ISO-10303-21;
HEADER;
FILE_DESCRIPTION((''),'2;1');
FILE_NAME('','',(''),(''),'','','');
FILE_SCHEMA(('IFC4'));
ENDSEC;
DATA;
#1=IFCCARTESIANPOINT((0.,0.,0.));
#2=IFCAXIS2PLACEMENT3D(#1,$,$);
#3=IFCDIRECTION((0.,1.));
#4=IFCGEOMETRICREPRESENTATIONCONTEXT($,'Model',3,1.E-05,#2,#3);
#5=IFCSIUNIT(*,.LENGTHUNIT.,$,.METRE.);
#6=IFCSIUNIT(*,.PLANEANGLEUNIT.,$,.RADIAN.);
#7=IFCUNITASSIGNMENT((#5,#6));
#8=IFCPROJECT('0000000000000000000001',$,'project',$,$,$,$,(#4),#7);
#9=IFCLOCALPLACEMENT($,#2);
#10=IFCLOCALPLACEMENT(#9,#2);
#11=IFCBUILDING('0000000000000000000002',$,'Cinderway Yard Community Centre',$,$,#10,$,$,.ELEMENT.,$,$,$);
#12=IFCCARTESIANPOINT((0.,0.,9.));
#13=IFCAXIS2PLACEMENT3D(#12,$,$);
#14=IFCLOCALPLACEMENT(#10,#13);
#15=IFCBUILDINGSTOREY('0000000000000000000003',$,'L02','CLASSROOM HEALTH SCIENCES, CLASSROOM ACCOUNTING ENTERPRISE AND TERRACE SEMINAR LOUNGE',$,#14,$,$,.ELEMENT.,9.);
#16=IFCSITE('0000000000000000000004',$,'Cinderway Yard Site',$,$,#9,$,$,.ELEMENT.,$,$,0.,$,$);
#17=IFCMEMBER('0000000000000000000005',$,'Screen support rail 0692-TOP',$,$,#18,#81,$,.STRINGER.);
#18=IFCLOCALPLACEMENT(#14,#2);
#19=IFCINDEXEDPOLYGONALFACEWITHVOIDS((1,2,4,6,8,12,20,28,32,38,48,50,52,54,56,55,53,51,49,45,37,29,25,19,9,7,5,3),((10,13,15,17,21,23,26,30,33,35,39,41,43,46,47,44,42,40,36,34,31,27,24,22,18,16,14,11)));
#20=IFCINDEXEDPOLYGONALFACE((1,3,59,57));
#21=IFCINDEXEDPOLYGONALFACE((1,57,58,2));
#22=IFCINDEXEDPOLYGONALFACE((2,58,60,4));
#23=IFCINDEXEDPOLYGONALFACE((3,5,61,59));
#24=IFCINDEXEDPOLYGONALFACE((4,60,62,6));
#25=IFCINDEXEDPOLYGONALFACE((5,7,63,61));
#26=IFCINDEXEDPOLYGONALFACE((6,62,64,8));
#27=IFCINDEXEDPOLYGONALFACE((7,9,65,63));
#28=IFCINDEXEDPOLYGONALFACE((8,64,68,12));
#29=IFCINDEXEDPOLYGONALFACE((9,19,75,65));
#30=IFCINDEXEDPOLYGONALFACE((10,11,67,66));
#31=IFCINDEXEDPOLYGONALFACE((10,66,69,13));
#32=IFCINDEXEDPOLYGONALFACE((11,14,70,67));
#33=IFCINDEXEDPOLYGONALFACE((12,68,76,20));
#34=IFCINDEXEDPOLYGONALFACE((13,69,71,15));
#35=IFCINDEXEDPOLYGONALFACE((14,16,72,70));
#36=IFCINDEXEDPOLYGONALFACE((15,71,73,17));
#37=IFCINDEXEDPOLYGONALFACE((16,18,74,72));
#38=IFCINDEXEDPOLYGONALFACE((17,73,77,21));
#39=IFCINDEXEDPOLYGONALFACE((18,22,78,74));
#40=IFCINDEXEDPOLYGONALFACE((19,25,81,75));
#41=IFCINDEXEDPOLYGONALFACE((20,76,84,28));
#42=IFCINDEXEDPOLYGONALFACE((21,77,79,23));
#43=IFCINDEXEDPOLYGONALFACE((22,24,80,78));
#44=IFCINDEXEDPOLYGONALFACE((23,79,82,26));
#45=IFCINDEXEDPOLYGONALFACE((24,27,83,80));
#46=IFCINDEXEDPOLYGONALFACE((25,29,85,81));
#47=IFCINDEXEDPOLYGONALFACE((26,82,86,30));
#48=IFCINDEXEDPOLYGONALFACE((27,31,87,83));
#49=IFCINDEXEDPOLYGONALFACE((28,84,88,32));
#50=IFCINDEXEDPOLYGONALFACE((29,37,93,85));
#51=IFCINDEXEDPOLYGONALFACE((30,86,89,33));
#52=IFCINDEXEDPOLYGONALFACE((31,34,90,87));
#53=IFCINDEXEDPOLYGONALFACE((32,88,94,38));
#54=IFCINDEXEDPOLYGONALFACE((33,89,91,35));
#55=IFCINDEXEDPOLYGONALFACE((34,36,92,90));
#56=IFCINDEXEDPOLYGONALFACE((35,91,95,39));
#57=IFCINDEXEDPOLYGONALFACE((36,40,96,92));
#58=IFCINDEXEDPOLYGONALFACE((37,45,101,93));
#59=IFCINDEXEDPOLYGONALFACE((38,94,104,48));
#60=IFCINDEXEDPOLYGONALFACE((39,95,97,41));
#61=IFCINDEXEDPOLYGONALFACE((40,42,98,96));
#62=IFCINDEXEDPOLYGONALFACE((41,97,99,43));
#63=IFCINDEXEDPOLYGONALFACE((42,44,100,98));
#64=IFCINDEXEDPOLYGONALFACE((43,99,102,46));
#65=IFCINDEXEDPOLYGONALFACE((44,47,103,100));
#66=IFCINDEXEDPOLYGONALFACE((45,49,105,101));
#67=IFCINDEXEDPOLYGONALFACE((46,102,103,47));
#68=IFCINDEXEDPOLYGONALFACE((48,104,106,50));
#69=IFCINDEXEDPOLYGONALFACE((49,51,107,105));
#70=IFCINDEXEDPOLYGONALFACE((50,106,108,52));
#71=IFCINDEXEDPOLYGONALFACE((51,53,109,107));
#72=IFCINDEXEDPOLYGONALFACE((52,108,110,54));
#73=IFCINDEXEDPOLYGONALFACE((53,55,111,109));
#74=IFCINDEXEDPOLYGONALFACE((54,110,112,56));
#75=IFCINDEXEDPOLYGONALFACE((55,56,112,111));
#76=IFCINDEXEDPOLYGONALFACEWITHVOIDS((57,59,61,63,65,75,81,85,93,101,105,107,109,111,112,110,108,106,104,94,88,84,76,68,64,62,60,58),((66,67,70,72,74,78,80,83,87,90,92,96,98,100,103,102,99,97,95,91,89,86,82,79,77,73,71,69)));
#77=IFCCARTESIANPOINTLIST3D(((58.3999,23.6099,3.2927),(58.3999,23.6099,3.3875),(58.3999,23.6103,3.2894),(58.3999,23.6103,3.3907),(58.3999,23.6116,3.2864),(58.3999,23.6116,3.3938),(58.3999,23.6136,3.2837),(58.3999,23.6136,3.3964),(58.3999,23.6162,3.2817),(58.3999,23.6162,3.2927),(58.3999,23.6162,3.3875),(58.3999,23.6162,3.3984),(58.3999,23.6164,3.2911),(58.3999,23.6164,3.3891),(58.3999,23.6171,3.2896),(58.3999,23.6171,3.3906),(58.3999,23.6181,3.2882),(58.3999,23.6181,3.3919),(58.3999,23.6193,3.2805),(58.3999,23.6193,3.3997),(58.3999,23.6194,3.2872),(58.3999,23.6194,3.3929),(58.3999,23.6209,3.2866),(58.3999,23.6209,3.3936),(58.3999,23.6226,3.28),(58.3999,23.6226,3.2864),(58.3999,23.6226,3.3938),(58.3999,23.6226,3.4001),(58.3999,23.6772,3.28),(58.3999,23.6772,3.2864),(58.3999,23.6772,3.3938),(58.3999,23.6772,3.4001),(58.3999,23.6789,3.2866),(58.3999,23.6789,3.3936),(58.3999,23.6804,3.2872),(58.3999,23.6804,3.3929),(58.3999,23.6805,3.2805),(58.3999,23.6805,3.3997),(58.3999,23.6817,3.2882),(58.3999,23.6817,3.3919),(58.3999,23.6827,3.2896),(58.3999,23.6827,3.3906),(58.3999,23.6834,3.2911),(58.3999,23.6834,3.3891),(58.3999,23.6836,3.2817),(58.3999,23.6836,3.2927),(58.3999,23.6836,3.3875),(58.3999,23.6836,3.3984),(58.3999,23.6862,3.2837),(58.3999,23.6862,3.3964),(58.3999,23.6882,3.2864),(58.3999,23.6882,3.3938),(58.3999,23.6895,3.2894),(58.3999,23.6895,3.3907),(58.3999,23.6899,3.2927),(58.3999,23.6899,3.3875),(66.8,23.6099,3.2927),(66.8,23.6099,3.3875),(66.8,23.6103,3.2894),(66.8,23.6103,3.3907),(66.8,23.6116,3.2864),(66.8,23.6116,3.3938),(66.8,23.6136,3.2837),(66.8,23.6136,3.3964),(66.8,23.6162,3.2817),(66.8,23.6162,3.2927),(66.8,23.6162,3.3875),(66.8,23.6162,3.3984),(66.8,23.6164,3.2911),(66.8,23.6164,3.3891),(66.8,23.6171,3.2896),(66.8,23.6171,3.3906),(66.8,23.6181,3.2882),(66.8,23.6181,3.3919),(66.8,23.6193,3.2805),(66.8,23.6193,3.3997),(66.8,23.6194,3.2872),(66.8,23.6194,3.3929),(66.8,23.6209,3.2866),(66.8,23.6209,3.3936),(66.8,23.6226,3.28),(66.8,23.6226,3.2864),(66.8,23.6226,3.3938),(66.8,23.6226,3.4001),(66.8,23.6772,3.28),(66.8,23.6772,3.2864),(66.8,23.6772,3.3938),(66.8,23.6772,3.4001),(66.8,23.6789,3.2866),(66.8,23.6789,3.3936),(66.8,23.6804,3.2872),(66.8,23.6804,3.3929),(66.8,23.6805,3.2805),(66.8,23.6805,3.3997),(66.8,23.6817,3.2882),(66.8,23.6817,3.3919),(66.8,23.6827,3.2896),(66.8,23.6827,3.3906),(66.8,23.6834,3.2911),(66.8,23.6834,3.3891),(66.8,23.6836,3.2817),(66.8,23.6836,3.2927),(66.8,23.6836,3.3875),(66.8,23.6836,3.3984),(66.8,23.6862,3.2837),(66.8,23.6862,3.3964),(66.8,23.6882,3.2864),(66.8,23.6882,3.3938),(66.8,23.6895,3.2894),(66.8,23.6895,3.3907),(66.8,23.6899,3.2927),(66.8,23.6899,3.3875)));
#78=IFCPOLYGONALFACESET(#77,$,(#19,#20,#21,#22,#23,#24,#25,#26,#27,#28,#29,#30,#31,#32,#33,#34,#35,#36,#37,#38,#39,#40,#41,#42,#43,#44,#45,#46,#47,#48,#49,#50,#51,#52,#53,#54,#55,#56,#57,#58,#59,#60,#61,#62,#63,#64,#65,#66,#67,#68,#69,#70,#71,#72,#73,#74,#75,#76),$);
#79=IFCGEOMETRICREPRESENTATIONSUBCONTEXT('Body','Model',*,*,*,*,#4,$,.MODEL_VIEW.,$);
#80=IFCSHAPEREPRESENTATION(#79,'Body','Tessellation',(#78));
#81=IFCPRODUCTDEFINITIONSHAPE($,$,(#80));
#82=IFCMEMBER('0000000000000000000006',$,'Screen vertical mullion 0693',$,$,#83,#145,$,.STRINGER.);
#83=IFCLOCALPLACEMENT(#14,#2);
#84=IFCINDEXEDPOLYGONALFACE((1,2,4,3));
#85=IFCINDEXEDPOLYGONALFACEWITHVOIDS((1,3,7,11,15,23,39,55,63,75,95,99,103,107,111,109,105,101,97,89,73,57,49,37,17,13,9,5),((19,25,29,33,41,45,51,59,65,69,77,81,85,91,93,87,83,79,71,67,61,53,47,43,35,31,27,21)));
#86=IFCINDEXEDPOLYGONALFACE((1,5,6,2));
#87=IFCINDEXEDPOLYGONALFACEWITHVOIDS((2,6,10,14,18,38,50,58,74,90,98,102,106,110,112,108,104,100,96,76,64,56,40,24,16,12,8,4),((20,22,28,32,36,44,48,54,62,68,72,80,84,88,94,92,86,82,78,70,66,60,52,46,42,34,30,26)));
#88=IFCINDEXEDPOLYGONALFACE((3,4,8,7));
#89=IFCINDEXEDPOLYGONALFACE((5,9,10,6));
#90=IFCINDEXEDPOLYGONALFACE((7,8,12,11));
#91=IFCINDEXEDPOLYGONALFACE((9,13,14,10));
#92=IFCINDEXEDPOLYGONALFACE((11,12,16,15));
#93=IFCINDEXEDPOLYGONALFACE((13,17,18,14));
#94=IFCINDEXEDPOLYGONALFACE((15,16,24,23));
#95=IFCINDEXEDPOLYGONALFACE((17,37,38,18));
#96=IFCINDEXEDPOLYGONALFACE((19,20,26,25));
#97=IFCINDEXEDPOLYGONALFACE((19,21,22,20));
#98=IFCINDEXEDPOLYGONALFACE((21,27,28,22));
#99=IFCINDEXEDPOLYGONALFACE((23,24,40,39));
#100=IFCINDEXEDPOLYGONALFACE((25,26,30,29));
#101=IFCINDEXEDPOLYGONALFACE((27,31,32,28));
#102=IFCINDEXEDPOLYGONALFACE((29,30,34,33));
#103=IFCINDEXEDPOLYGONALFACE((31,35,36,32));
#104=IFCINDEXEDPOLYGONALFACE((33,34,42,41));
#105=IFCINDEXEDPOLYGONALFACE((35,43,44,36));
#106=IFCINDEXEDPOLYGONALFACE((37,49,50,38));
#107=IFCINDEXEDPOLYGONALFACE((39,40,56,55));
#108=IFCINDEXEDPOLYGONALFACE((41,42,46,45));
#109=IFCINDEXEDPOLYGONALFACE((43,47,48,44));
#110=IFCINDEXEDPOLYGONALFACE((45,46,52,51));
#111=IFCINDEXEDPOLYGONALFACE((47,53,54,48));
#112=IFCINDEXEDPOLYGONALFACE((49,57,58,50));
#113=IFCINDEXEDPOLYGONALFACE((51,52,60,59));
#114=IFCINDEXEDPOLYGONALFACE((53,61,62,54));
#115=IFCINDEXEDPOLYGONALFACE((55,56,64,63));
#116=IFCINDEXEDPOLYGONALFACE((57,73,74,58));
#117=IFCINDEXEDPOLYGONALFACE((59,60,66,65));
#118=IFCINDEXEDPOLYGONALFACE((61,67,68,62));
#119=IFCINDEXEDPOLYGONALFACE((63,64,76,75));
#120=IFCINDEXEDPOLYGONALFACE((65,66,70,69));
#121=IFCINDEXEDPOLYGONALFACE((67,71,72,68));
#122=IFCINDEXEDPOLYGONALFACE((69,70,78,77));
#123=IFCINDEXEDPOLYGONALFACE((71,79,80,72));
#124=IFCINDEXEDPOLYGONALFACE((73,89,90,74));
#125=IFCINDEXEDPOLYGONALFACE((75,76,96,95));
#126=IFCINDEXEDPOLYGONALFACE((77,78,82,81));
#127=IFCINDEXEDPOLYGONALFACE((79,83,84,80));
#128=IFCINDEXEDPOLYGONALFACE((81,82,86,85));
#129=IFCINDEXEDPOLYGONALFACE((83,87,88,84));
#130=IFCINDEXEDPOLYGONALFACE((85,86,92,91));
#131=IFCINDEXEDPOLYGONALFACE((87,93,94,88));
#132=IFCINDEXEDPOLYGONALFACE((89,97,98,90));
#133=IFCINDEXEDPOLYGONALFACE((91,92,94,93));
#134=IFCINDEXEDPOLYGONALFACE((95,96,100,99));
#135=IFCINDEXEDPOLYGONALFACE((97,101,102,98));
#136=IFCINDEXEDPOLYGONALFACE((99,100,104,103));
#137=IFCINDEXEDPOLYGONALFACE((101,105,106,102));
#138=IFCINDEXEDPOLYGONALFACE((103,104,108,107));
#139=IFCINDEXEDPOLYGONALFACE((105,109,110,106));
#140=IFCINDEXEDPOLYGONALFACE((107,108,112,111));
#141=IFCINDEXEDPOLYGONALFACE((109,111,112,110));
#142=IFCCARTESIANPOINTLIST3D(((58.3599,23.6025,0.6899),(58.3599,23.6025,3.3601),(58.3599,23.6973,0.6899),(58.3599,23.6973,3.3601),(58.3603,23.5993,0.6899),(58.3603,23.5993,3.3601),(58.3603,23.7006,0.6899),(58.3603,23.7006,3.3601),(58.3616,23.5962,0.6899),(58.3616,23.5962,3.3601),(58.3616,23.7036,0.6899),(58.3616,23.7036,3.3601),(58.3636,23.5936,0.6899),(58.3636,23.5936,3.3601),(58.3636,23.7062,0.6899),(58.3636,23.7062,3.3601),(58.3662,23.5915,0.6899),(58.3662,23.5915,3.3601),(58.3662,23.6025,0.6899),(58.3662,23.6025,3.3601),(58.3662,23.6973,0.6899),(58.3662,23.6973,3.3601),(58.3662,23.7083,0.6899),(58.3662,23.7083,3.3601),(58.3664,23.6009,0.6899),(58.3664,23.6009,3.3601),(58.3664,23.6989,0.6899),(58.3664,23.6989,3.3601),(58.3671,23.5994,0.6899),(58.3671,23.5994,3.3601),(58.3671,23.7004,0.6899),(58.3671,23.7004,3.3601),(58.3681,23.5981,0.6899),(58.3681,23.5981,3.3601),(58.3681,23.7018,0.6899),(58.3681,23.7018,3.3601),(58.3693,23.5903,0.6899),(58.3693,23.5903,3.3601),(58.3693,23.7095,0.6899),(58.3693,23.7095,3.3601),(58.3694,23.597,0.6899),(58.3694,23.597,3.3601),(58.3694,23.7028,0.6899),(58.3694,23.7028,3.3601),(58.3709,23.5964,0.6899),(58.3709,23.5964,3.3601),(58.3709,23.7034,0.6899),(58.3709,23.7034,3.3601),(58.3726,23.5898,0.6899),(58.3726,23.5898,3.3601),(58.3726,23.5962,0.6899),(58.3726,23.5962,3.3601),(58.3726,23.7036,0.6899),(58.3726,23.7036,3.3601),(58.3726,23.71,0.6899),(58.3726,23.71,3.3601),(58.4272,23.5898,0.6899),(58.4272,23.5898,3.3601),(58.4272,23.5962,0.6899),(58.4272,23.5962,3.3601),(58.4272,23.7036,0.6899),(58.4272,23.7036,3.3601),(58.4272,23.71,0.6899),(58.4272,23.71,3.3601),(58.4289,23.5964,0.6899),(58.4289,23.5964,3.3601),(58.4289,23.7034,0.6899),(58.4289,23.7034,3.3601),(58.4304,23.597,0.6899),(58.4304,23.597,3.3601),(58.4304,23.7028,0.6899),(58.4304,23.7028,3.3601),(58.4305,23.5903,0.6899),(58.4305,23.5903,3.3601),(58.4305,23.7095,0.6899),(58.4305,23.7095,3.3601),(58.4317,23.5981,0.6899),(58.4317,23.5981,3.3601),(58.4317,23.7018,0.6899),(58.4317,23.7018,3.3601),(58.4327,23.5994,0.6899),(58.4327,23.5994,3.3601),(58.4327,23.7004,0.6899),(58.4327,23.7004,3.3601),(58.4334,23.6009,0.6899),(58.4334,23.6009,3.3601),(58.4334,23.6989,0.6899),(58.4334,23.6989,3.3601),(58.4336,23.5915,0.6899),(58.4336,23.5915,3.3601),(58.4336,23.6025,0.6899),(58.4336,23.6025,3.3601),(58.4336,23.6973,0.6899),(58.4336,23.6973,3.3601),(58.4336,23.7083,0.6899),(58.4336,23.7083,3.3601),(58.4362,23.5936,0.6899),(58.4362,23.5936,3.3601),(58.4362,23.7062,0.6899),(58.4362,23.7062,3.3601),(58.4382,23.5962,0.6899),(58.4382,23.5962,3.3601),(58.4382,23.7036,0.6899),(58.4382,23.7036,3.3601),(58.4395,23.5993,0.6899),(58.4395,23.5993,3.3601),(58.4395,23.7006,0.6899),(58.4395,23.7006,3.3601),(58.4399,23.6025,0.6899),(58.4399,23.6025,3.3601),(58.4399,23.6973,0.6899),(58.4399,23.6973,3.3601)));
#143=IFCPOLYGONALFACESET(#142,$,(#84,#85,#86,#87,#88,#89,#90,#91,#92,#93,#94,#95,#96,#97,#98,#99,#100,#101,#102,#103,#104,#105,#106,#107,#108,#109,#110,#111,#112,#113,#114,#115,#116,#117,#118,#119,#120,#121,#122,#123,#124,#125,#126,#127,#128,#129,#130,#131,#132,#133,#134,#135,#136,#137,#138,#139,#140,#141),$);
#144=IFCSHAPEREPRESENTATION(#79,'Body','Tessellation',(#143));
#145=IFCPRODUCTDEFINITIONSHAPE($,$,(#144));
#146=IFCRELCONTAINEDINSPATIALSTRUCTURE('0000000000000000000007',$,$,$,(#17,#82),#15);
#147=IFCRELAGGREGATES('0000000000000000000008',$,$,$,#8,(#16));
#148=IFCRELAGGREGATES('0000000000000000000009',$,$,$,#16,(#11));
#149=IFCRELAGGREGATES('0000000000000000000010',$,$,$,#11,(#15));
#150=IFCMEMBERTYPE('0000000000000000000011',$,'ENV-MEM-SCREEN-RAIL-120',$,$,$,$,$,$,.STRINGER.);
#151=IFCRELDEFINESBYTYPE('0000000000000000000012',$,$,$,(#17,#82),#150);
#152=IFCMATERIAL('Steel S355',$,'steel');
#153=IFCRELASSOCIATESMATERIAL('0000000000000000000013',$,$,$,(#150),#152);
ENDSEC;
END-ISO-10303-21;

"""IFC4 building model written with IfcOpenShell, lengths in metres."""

from ifc_helpers import new_model, si_unit, direction, frame, origin, origin_2d, place, context, subcontext, project, spatial, hollow_rectangle, extrude, material, material_profile, profile_set, type_object, element, save


model = new_model("IFC4")

# Units and contexts
model_context = context("Model", 3, precision=1e-05, world=origin(), true_north=direction((0.0, 1.0)))
body_context = subcontext(model_context, "Body", "Model", "MODEL_VIEW")
ifc_project = project(units=[si_unit("LENGTHUNIT", "METRE"), si_unit("PLANEANGLEUNIT", "RADIAN")], contexts=[model_context])

# Site, building, storey
site_placement = place(None, origin())
site = spatial("IfcSite", under=ifc_project, at=site_placement, Name="Cinderway Yard Site", CompositionType="ELEMENT", RefElevation=0.0)
building_placement = place(site_placement, origin())
building = spatial("IfcBuilding", under=site, at=building_placement, Name="Cinderway Yard Community Centre", CompositionType="ELEMENT")
storey_placement = place(building_placement, frame((0.0, 0.0, 9.0)))
storey = spatial("IfcBuildingStorey", under=building, at=storey_placement, Name="L02", Description="CLASSROOM HEALTH SCIENCES, CLASSROOM ACCOUNTING ENTERPRISE AND TERRACE SEMINAR LOUNGE", CompositionType="ELEMENT", Elevation=9.0)

# Members
ifc_material_1 = material(Name="Steel S355", Category="steel")
ifc_material_profile_1 = material_profile(ifc_material_1, hollow_rectangle(XDim=0.0801, YDim=0.1201, WallThickness=0.0063, InnerFilletRadius=0.0063, OuterFilletRadius=0.0127, at=origin_2d()), Name="Steel S355")
ifc_profile_set_1 = profile_set([ifc_material_profile_1], Name="Steel S355")
member_type_1 = type_object("IfcMemberType", Name="ENV-MEM-SCREEN-RAIL-120", PredefinedType="STRINGER", material=ifc_profile_set_1)
for number, where, z_axis, x_axis, name in (
    (1, (58.3999, 23.6499, 3.3401), (1.0, 0.0, 0.0), (0.0, 1.0, 0.0), "Screen support rail 0692-TOP"),
):
    element("IfcMember", number, at=place(storey_placement, frame(where, z_axis=z_axis, x_axis=x_axis)), inside=storey, type_object=member_type_1, Name=name, PredefinedType="STRINGER", context=body_context, shape_type="SweptSolid", body=[
        extrude(hollow_rectangle(XDim=0.0801, YDim=0.1201, WallThickness=0.0063, InnerFilletRadius=0.0063, OuterFilletRadius=0.0127, at=origin_2d()), origin(), (0.0, 0.0, 1.0), 8.4001),
    ])
for number, where, z_axis, x_axis, name in (
    (2, (58.3999, 23.6499, 0.6899), (0.0, 0.0, 1.0), (1.0, 0.0, 0.0), "Screen vertical mullion 0693"),
):
    element("IfcMember", number, at=place(storey_placement, frame(where, z_axis=z_axis, x_axis=x_axis)), inside=storey, type_object=member_type_1, Name=name, PredefinedType="STRINGER", context=body_context, shape_type="SweptSolid", body=[
        extrude(hollow_rectangle(XDim=0.0801, YDim=0.1201, WallThickness=0.0063, InnerFilletRadius=0.0063, OuterFilletRadius=0.0127, at=origin_2d()), origin(), (0.0, 0.0, 1.0), 2.6702),
    ])

save(model, "model.ifc")
